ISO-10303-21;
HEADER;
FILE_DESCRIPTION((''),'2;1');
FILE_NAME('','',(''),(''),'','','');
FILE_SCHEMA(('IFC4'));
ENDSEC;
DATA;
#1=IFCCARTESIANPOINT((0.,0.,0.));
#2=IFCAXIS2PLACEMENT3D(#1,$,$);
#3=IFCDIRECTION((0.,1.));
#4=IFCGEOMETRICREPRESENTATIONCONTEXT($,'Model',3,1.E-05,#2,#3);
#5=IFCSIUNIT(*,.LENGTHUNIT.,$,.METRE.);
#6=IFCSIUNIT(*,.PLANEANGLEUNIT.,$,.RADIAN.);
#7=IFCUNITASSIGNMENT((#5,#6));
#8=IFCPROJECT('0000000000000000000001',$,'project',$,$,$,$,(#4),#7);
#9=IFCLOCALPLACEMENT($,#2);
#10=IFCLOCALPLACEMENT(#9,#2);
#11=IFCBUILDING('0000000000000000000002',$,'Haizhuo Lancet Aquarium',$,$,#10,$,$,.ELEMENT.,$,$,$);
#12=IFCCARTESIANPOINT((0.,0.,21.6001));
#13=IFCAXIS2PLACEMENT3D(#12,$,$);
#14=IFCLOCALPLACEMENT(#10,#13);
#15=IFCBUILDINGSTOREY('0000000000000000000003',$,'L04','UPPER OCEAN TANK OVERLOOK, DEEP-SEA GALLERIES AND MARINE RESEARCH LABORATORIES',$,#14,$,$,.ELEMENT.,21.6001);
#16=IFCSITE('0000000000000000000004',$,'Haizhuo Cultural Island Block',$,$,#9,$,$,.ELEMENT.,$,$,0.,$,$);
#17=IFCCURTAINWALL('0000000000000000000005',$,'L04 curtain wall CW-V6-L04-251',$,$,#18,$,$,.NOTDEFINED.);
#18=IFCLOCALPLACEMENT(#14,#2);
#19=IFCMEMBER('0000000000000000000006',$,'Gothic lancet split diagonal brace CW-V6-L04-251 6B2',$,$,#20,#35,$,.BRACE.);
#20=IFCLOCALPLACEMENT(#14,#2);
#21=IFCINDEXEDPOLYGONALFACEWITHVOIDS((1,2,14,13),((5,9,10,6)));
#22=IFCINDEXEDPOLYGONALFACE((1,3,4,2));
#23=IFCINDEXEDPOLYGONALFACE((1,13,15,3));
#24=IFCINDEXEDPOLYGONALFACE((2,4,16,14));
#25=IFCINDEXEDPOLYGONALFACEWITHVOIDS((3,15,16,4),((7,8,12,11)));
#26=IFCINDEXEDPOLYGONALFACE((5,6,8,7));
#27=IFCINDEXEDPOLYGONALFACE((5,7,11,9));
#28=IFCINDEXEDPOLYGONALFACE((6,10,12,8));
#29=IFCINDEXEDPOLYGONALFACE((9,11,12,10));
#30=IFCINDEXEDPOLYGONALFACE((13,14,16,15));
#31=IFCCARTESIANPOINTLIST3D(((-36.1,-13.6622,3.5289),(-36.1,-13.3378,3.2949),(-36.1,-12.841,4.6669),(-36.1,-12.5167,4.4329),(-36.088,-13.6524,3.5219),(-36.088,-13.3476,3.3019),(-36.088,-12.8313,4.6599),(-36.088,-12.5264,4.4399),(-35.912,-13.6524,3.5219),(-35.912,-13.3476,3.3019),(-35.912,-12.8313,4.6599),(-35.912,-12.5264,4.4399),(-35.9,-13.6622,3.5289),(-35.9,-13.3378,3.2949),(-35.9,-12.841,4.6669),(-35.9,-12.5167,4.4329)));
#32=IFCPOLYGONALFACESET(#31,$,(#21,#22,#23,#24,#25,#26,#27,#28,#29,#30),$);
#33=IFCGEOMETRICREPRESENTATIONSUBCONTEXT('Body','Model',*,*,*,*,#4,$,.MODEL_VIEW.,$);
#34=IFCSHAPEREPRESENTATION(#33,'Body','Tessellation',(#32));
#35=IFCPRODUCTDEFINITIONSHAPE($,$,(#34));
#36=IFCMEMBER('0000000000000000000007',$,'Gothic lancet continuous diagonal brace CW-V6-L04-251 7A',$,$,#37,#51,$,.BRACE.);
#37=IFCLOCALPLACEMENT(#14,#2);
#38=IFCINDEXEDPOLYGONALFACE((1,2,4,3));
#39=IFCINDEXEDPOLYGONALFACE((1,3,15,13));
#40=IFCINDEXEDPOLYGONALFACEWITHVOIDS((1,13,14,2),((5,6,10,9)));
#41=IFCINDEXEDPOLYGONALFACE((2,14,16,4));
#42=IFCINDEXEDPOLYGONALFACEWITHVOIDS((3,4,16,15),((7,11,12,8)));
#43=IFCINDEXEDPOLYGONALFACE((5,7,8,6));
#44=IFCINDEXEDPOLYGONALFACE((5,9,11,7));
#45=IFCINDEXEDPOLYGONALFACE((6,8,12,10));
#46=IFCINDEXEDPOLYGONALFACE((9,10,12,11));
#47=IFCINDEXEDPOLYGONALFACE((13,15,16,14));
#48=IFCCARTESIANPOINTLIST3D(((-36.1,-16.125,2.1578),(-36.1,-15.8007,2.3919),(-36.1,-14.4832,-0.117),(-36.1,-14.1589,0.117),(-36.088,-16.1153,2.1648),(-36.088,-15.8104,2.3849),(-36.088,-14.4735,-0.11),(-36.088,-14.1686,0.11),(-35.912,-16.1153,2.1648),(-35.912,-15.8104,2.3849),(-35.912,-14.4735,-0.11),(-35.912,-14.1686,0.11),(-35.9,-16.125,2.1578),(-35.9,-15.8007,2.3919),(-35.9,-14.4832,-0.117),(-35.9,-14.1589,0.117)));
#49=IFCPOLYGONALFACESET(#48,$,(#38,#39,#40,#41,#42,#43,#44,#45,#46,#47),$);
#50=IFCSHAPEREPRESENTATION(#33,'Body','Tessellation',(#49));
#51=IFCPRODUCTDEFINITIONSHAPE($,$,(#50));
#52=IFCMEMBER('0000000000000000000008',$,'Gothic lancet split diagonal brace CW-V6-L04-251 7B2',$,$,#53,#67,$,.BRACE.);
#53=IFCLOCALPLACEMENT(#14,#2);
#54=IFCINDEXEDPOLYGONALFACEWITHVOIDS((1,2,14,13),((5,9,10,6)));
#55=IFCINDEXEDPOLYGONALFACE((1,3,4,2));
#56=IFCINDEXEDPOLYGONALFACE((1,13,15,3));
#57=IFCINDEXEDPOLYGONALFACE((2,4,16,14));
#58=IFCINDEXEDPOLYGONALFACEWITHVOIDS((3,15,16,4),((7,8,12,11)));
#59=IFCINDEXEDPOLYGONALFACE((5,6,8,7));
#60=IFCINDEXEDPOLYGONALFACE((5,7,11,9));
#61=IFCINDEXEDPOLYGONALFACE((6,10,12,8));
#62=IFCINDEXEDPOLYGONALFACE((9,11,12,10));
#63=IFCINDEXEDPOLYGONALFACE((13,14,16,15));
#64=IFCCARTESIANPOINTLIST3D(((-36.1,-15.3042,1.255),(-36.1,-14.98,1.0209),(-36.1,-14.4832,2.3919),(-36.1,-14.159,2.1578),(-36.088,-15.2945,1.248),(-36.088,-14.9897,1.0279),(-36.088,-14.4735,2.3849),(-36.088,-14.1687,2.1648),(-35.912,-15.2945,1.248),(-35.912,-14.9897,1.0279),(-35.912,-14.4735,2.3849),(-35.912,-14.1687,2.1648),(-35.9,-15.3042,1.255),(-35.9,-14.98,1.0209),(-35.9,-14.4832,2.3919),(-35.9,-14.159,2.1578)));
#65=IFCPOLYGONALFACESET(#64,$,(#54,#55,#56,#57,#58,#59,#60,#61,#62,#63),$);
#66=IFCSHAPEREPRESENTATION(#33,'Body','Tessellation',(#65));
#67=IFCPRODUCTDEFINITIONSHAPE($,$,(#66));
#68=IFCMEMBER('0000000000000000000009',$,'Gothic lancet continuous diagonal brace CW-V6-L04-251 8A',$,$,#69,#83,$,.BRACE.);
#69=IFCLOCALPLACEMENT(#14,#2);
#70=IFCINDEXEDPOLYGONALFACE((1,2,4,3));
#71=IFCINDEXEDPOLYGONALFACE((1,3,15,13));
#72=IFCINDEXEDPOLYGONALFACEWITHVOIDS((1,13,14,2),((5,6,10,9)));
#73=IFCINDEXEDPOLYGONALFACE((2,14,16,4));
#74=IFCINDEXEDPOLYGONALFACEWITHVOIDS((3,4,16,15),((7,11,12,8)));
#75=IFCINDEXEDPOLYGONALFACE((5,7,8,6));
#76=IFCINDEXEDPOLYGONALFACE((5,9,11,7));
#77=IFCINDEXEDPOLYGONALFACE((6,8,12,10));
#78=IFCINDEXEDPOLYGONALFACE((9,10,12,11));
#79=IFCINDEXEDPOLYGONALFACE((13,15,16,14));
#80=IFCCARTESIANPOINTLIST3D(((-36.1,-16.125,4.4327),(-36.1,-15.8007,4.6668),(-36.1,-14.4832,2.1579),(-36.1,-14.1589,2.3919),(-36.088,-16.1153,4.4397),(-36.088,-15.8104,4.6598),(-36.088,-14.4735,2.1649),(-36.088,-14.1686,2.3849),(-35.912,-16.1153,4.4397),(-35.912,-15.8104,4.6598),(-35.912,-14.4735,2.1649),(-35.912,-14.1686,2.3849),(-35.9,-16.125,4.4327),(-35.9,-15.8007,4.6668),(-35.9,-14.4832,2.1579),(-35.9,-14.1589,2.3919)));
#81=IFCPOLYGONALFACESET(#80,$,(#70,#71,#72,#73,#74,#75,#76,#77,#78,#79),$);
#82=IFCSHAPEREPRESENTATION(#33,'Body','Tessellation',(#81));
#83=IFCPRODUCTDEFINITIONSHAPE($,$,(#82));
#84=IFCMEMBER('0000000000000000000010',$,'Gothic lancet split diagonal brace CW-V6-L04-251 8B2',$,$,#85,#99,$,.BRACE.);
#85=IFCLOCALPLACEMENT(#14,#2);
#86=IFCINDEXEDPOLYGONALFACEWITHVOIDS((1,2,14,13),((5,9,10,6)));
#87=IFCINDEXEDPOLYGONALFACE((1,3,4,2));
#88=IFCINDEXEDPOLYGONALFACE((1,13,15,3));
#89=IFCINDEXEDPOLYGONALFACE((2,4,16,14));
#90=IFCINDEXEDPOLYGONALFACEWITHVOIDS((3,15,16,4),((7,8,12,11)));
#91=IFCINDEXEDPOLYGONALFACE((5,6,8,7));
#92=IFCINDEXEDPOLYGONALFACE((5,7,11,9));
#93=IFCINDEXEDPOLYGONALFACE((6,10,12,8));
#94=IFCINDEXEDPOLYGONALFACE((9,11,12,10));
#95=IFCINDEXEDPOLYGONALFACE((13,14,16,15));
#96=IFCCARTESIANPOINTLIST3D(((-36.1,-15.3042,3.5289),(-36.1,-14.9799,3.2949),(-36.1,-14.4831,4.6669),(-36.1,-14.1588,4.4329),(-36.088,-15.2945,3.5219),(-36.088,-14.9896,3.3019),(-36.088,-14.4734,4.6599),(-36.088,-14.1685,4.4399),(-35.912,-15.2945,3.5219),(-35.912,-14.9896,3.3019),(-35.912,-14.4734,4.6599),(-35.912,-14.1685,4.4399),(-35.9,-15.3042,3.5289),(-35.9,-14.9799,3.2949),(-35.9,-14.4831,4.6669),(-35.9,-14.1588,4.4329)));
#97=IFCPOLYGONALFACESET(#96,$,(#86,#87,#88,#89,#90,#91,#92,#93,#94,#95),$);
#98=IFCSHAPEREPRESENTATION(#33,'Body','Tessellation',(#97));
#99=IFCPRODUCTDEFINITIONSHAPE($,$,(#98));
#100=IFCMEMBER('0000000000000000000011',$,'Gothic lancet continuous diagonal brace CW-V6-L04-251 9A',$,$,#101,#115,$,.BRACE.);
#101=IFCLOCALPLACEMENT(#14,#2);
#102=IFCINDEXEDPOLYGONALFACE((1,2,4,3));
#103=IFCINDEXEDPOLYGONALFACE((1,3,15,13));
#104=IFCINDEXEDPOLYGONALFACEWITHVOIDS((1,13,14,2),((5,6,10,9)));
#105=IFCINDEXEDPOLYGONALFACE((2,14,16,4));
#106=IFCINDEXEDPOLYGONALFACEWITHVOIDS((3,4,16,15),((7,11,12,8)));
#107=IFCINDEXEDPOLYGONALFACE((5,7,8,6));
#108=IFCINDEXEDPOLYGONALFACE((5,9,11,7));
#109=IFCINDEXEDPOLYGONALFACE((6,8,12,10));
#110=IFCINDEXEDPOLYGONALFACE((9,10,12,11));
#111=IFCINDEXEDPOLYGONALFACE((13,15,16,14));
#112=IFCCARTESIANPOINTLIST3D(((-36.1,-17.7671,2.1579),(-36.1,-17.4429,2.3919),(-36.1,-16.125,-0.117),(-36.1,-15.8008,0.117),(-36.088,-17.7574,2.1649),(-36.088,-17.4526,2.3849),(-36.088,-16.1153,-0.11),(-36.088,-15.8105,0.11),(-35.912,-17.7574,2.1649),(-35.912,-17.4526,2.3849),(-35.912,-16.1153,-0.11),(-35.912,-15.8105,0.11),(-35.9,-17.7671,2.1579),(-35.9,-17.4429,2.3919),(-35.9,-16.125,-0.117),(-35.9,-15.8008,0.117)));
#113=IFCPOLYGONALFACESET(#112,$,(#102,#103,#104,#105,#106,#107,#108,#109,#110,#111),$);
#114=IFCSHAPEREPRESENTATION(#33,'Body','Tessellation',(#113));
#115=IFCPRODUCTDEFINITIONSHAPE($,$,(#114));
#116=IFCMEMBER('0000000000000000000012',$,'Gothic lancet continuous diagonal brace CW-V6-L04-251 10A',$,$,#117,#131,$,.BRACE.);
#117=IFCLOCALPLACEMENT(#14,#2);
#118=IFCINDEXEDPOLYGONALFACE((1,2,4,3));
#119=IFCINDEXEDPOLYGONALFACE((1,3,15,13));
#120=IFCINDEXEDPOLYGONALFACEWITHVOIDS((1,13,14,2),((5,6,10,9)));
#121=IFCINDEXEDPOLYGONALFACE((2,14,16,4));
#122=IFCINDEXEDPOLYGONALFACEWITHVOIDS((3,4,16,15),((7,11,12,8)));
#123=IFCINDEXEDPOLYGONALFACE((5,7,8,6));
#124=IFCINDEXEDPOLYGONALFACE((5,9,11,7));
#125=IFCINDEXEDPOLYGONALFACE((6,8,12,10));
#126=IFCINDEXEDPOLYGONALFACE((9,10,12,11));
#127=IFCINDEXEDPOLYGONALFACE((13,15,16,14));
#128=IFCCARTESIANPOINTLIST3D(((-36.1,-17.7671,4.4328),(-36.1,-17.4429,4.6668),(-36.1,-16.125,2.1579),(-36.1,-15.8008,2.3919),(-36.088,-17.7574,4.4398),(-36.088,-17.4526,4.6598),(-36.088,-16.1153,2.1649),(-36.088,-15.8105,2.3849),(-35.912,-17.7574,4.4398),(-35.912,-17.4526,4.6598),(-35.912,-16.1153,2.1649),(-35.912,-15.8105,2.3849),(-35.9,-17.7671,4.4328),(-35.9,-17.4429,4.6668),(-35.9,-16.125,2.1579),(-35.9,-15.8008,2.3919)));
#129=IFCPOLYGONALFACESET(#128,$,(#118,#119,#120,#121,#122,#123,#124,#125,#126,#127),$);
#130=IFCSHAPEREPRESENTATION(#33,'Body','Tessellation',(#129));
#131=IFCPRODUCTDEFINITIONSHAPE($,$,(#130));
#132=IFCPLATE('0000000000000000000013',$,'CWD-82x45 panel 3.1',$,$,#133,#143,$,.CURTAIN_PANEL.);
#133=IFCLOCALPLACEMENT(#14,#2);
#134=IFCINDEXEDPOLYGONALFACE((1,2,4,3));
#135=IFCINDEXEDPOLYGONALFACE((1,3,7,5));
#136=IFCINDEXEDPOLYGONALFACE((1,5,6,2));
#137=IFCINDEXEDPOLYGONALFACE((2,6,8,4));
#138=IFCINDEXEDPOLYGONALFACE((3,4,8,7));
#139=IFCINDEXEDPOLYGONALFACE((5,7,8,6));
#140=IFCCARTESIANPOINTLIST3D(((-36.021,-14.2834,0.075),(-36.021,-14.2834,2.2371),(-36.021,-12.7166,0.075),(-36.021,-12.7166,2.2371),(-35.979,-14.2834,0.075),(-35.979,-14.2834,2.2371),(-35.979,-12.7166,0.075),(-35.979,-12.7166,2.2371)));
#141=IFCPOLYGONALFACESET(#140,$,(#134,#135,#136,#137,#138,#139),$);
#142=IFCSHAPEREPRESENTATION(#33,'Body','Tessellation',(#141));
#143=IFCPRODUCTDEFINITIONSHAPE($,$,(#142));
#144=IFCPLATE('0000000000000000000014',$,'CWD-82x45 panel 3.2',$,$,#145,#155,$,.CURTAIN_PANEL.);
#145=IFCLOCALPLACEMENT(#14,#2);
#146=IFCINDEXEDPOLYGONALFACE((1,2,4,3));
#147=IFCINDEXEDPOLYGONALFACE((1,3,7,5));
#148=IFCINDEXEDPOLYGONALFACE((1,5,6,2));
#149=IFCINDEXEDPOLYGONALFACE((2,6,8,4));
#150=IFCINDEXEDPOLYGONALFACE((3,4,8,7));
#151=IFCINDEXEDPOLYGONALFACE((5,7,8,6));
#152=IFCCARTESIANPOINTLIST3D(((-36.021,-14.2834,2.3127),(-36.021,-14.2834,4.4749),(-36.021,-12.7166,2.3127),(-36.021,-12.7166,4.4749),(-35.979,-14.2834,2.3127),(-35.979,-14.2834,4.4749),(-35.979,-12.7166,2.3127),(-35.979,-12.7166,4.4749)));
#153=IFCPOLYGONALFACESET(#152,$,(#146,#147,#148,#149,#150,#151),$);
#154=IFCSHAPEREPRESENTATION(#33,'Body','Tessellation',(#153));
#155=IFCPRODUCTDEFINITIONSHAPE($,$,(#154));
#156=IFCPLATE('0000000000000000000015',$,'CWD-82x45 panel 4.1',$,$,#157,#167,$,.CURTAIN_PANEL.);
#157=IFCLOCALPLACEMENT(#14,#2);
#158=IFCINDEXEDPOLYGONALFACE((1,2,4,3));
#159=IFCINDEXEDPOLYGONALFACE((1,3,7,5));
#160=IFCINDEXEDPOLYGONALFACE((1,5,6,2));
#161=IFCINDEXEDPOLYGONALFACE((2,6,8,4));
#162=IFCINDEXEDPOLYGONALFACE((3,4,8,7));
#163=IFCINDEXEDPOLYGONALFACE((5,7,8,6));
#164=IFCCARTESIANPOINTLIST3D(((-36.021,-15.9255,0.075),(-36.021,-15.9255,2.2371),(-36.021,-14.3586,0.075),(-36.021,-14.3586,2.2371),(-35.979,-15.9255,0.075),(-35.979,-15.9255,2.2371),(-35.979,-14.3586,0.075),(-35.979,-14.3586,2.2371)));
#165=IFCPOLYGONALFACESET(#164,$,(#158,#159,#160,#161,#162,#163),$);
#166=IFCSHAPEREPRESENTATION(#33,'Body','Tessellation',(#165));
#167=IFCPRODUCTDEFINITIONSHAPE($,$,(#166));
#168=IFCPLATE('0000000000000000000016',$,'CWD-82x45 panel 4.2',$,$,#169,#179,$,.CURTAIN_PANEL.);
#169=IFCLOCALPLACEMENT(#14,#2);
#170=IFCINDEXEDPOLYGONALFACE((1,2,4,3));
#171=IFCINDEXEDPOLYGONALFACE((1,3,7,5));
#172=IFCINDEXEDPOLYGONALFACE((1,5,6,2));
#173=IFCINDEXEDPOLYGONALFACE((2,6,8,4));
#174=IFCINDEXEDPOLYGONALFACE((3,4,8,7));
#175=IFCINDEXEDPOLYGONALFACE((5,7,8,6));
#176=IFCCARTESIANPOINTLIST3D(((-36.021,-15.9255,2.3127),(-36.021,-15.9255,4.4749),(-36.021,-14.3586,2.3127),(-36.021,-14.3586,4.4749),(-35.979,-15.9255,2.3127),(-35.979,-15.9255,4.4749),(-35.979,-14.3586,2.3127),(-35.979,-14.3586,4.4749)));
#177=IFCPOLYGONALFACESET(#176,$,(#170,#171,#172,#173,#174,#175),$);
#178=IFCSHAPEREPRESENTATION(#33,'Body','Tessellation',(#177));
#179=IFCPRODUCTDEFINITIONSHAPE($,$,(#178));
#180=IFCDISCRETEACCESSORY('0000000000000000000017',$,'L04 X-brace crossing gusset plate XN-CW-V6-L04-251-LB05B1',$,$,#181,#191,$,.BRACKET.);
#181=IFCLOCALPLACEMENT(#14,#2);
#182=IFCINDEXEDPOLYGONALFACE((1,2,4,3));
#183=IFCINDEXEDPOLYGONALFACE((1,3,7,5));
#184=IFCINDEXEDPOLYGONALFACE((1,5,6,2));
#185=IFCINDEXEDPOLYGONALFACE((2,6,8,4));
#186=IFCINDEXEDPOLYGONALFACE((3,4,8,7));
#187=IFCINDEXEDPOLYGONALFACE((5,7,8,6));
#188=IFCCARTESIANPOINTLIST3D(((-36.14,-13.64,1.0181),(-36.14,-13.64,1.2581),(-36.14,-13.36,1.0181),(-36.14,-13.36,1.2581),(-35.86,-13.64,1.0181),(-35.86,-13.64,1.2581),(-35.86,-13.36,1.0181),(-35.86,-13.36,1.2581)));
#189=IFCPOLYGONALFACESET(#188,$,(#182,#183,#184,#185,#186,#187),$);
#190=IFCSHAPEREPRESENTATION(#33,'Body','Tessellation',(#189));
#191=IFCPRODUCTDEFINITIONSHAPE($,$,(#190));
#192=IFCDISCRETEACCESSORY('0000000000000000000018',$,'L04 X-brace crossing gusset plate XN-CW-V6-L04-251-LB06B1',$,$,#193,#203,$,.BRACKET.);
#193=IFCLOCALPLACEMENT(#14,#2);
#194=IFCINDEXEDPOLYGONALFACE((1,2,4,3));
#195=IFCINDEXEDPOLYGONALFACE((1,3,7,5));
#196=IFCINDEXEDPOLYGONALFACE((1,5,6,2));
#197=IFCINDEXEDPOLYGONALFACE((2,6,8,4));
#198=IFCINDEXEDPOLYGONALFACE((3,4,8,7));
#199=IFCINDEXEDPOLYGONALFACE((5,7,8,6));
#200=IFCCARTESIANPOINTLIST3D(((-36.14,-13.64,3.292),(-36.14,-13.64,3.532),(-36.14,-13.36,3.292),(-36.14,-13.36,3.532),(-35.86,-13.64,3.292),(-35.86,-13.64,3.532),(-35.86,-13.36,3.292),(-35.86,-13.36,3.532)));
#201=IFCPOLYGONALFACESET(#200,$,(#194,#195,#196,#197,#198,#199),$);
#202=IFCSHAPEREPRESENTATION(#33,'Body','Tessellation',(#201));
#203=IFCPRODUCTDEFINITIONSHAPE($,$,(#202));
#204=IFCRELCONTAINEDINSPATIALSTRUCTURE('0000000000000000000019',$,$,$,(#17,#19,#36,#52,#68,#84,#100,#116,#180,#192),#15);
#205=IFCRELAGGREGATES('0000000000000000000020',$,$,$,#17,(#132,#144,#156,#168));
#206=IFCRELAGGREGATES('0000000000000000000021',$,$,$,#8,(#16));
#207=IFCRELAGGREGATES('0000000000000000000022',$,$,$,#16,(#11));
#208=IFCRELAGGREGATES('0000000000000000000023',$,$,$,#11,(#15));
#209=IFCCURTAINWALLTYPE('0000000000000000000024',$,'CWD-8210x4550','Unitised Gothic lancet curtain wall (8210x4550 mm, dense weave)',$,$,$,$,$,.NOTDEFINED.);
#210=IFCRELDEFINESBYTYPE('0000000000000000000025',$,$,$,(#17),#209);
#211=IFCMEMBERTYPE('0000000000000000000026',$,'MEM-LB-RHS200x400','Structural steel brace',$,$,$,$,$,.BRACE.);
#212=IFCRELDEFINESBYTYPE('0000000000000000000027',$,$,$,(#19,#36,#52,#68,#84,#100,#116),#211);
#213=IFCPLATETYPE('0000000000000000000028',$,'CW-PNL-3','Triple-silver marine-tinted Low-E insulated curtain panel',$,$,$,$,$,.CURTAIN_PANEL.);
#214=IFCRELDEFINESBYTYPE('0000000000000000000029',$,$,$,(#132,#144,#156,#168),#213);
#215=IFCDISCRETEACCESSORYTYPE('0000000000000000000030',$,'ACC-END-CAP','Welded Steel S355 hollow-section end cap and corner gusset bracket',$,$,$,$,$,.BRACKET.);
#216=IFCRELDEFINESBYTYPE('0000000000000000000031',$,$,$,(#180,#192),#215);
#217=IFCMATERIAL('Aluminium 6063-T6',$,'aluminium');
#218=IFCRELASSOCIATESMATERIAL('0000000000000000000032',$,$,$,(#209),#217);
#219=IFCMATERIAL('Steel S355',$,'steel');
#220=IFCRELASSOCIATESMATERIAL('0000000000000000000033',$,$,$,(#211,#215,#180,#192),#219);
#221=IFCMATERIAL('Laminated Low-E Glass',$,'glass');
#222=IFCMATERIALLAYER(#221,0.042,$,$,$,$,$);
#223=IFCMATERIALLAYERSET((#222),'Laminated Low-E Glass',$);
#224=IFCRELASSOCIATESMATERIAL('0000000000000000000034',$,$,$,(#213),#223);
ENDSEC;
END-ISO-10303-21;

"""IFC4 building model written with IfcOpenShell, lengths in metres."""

from ifc_helpers import new_model, si_unit, direction, frame, origin, origin_2d, place, context, subcontext, project, spatial, rectangle, hollow_rectangle, extrude, material, layer, layer_set, material_profile, profile_set, type_object, element, aggregate, save


model = new_model("IFC4")

# Units and contexts
model_context = context("Model", 3, precision=1e-05, world=origin(), true_north=direction((0.0, 1.0)))
body_context = subcontext(model_context, "Body", "Model", "MODEL_VIEW")
ifc_project = project(units=[si_unit("LENGTHUNIT", "METRE"), si_unit("PLANEANGLEUNIT", "RADIAN")], contexts=[model_context])

# Site, building, storey
site_placement = place(None, origin())
site = spatial("IfcSite", under=ifc_project, at=site_placement, Name="Haizhuo Cultural Island Block", CompositionType="ELEMENT", RefElevation=0.0)
building_placement = place(site_placement, origin())
building = spatial("IfcBuilding", under=site, at=building_placement, Name="Haizhuo Lancet Aquarium", CompositionType="ELEMENT")
storey_placement = place(building_placement, frame((0.0, 0.0, 21.6001)))
storey = spatial("IfcBuildingStorey", under=building, at=storey_placement, Name="L04", Description="UPPER OCEAN TANK OVERLOOK, DEEP-SEA GALLERIES AND MARINE RESEARCH LABORATORIES", CompositionType="ELEMENT", Elevation=21.6001)

# Curtain wall
ifc_material_1 = material(Name="Aluminium 6063-T6", Category="aluminium")
curtain_wall_type = type_object("IfcCurtainWallType", Name="CWD-8210x4550", Description="Unitised Gothic lancet curtain wall (8210x4550 mm, dense weave)", PredefinedType="NOTDEFINED", material=ifc_material_1)
curtain_wall_placement = place(storey_placement, origin())
curtain_wall = element("IfcCurtainWall", 1, at=curtain_wall_placement, inside=storey, type_object=curtain_wall_type, Name="L04 curtain wall CW-V6-L04-251", PredefinedType="NOTDEFINED")

# Members
ifc_material_2 = material(Name="Steel S355", Category="steel")
ifc_material_profile_1 = material_profile(ifc_material_2, hollow_rectangle(XDim=0.2, YDim=0.3999, WallThickness=0.012, at=origin_2d()), Name="RHS 200x400x12")
ifc_profile_set_1 = profile_set([ifc_material_profile_1], Name="Steel S355")
member_type_1 = type_object("IfcMemberType", Name="MEM-LB-RHS200x400", Description="Structural steel brace", PredefinedType="BRACE", material=ifc_profile_set_1)
member_1_placement = place(storey_placement, frame((-36.0, -13.5, 3.4119), z_axis=(0.0, 0.585116, 0.81095), x_axis=(-1.0, 0.0, 0.0)))
element("IfcMember", 2, at=member_1_placement, inside=storey, type_object=member_type_1, Name="Gothic lancet split diagonal brace CW-V6-L04-251 6B2", PredefinedType="BRACE", context=body_context, shape_type="SweptSolid", body=[
    extrude(hollow_rectangle(XDim=0.2, YDim=0.3999, WallThickness=0.012, at=origin_2d()), origin(), (0.0, 0.0, 1.0), 1.4033),
])
member_2_placement = place(storey_placement, frame((-36.0, -14.321, 0.0), z_axis=(0.0, -0.585224, 0.810872), x_axis=(1.0, 0.0, 0.0)))
element("IfcMember", 3, at=member_2_placement, inside=storey, type_object=member_type_1, Name="Gothic lancet continuous diagonal brace CW-V6-L04-251 7A", PredefinedType="BRACE", context=body_context, shape_type="SweptSolid", body=[
    extrude(hollow_rectangle(XDim=0.2, YDim=0.3999, WallThickness=0.012, at=origin_2d()), origin(), (0.0, 0.0, 1.0), 2.8054),
])
member_3_placement = place(storey_placement, frame((-36.0, -15.1421, 1.1379), z_axis=(0.0, 0.585446, 0.810711), x_axis=(-1.0, 0.0, 0.0)))
element("IfcMember", 4, at=member_3_placement, inside=storey, type_object=member_type_1, Name="Gothic lancet split diagonal brace CW-V6-L04-251 7B2", PredefinedType="BRACE", context=body_context, shape_type="SweptSolid", body=[
    extrude(hollow_rectangle(XDim=0.2, YDim=0.3999, WallThickness=0.012, at=origin_2d()), origin(), (0.0, 0.0, 1.0), 1.4023),
])
member_4_placement = place(storey_placement, frame((-36.0, -14.321, 2.2749), z_axis=(0.0, -0.585224, 0.810872), x_axis=(1.0, 0.0, 0.0)))
element("IfcMember", 5, at=member_4_placement, inside=storey, type_object=member_type_1, Name="Gothic lancet continuous diagonal brace CW-V6-L04-251 8A", PredefinedType="BRACE", context=body_context, shape_type="SweptSolid", body=[
    extrude(hollow_rectangle(XDim=0.2, YDim=0.3999, WallThickness=0.012, at=origin_2d()), origin(), (0.0, 0.0, 1.0), 2.8054),
])
member_5_placement = place(storey_placement, frame((-36.0, -15.1421, 3.4119), z_axis=(0.0, 0.585116, 0.81095), x_axis=(-1.0, 0.0, 0.0)))
element("IfcMember", 6, at=member_5_placement, inside=storey, type_object=member_type_1, Name="Gothic lancet split diagonal brace CW-V6-L04-251 8B2", PredefinedType="BRACE", context=body_context, shape_type="SweptSolid", body=[
    extrude(hollow_rectangle(XDim=0.2, YDim=0.3999, WallThickness=0.012, at=origin_2d()), origin(), (0.0, 0.0, 1.0), 1.4033),
])
for number, where, z_axis, x_axis, name in (
    (7, (-36.0, -15.9629, 0.0), (0.0, -0.585281, 0.810831), (1.0, 0.0, 0.0), "Gothic lancet continuous diagonal brace CW-V6-L04-251 9A"),
    (8, (-36.0, -15.9629, 2.2749), (0.0, -0.585281, 0.810831), (1.0, 0.0, 0.0), "Gothic lancet continuous diagonal brace CW-V6-L04-251 10A"),
):
    element("IfcMember", number, at=place(storey_placement, frame(where, z_axis=z_axis, x_axis=x_axis)), inside=storey, type_object=member_type_1, Name=name, PredefinedType="BRACE", context=body_context, shape_type="SweptSolid", body=[
        extrude(hollow_rectangle(XDim=0.2, YDim=0.3999, WallThickness=0.012, at=origin_2d()), origin(), (0.0, 0.0, 1.0), 2.8057),
    ])

# Plates
ifc_material_3 = material(Name="Laminated Low-E Glass", Category="glass")
ifc_layer = layer(ifc_material_3, 0.042)
ifc_layer_set = layer_set([ifc_layer], Name="Laminated Low-E Glass")
plate_type = type_object("IfcPlateType", Name="CW-PNL-3", Description="Triple-silver marine-tinted Low-E insulated curtain panel", PredefinedType="CURTAIN_PANEL", material=ifc_layer_set)
plate_1_placement = place(storey_placement, frame((-36.0, -13.5, 0.075), z_axis=(0.0, 0.0, 1.0), x_axis=(0.0, -1.0, 0.0)))
plate_1 = element("IfcPlate", 9, at=plate_1_placement, type_object=plate_type, Name="CWD-82x45 panel 3.1", PredefinedType="CURTAIN_PANEL", context=body_context, shape_type="SweptSolid", body=[
    extrude(rectangle(XDim=1.5669, YDim=0.042, at=origin_2d()), origin(), (0.0, 0.0, 1.0), 2.1621),
])
plate_2_placement = place(storey_placement, frame((-36.0, -13.5, 2.3127), z_axis=(0.0, 0.0, 1.0), x_axis=(0.0, -1.0, 0.0)))
plate_2 = element("IfcPlate", 10, at=plate_2_placement, type_object=plate_type, Name="CWD-82x45 panel 3.2", PredefinedType="CURTAIN_PANEL", context=body_context, shape_type="SweptSolid", body=[
    extrude(rectangle(XDim=1.5669, YDim=0.042, at=origin_2d()), origin(), (0.0, 0.0, 1.0), 2.1621),
])
plate_3_placement = place(storey_placement, frame((-36.0, -15.1421, 0.075), z_axis=(0.0, 0.0, 1.0), x_axis=(0.0, -1.0, 0.0)))
plate_3 = element("IfcPlate", 11, at=plate_3_placement, type_object=plate_type, Name="CWD-82x45 panel 4.1", PredefinedType="CURTAIN_PANEL", context=body_context, shape_type="SweptSolid", body=[
    extrude(rectangle(XDim=1.5669, YDim=0.042, at=origin_2d()), origin(), (0.0, 0.0, 1.0), 2.1621),
])
plate_4_placement = place(storey_placement, frame((-36.0, -15.1421, 2.3127), z_axis=(0.0, 0.0, 1.0), x_axis=(0.0, -1.0, 0.0)))
plate_4 = element("IfcPlate", 12, at=plate_4_placement, type_object=plate_type, Name="CWD-82x45 panel 4.2", PredefinedType="CURTAIN_PANEL", context=body_context, shape_type="SweptSolid", body=[
    extrude(rectangle(XDim=1.5669, YDim=0.042, at=origin_2d()), origin(), (0.0, 0.0, 1.0), 2.1621),
])
aggregate(curtain_wall, [plate_1, plate_2, plate_3, plate_4])

# Discrete accessories
discrete_accessory_type = type_object("IfcDiscreteAccessoryType", Name="ACC-END-CAP", Description="Welded Steel S355 hollow-section end cap and corner gusset bracket", PredefinedType="BRACKET", material=ifc_material_2)
for number, where, z_axis, x_axis, name in (
    (13, (-36.0, -13.5, 1.0181), (0.0, 0.0, 1.0), (1.0, 0.0, 0.0), "L04 X-brace crossing gusset plate XN-CW-V6-L04-251-LB05B1"),
    (14, (-36.0, -13.5, 3.292), (0.0, 0.0, 1.0), (1.0, 0.0, 0.0), "L04 X-brace crossing gusset plate XN-CW-V6-L04-251-LB06B1"),
):
    element("IfcDiscreteAccessory", number, at=place(storey_placement, frame(where, z_axis=z_axis, x_axis=x_axis)), inside=storey, type_object=discrete_accessory_type, material=ifc_material_2, Name=name, PredefinedType="BRACKET", context=body_context, shape_type="SweptSolid", body=[
        extrude(rectangle(XDim=0.28, YDim=0.28, at=origin_2d()), origin(), (0.0, 0.0, 1.0), 0.24),
    ])

save(model, "model.ifc")
